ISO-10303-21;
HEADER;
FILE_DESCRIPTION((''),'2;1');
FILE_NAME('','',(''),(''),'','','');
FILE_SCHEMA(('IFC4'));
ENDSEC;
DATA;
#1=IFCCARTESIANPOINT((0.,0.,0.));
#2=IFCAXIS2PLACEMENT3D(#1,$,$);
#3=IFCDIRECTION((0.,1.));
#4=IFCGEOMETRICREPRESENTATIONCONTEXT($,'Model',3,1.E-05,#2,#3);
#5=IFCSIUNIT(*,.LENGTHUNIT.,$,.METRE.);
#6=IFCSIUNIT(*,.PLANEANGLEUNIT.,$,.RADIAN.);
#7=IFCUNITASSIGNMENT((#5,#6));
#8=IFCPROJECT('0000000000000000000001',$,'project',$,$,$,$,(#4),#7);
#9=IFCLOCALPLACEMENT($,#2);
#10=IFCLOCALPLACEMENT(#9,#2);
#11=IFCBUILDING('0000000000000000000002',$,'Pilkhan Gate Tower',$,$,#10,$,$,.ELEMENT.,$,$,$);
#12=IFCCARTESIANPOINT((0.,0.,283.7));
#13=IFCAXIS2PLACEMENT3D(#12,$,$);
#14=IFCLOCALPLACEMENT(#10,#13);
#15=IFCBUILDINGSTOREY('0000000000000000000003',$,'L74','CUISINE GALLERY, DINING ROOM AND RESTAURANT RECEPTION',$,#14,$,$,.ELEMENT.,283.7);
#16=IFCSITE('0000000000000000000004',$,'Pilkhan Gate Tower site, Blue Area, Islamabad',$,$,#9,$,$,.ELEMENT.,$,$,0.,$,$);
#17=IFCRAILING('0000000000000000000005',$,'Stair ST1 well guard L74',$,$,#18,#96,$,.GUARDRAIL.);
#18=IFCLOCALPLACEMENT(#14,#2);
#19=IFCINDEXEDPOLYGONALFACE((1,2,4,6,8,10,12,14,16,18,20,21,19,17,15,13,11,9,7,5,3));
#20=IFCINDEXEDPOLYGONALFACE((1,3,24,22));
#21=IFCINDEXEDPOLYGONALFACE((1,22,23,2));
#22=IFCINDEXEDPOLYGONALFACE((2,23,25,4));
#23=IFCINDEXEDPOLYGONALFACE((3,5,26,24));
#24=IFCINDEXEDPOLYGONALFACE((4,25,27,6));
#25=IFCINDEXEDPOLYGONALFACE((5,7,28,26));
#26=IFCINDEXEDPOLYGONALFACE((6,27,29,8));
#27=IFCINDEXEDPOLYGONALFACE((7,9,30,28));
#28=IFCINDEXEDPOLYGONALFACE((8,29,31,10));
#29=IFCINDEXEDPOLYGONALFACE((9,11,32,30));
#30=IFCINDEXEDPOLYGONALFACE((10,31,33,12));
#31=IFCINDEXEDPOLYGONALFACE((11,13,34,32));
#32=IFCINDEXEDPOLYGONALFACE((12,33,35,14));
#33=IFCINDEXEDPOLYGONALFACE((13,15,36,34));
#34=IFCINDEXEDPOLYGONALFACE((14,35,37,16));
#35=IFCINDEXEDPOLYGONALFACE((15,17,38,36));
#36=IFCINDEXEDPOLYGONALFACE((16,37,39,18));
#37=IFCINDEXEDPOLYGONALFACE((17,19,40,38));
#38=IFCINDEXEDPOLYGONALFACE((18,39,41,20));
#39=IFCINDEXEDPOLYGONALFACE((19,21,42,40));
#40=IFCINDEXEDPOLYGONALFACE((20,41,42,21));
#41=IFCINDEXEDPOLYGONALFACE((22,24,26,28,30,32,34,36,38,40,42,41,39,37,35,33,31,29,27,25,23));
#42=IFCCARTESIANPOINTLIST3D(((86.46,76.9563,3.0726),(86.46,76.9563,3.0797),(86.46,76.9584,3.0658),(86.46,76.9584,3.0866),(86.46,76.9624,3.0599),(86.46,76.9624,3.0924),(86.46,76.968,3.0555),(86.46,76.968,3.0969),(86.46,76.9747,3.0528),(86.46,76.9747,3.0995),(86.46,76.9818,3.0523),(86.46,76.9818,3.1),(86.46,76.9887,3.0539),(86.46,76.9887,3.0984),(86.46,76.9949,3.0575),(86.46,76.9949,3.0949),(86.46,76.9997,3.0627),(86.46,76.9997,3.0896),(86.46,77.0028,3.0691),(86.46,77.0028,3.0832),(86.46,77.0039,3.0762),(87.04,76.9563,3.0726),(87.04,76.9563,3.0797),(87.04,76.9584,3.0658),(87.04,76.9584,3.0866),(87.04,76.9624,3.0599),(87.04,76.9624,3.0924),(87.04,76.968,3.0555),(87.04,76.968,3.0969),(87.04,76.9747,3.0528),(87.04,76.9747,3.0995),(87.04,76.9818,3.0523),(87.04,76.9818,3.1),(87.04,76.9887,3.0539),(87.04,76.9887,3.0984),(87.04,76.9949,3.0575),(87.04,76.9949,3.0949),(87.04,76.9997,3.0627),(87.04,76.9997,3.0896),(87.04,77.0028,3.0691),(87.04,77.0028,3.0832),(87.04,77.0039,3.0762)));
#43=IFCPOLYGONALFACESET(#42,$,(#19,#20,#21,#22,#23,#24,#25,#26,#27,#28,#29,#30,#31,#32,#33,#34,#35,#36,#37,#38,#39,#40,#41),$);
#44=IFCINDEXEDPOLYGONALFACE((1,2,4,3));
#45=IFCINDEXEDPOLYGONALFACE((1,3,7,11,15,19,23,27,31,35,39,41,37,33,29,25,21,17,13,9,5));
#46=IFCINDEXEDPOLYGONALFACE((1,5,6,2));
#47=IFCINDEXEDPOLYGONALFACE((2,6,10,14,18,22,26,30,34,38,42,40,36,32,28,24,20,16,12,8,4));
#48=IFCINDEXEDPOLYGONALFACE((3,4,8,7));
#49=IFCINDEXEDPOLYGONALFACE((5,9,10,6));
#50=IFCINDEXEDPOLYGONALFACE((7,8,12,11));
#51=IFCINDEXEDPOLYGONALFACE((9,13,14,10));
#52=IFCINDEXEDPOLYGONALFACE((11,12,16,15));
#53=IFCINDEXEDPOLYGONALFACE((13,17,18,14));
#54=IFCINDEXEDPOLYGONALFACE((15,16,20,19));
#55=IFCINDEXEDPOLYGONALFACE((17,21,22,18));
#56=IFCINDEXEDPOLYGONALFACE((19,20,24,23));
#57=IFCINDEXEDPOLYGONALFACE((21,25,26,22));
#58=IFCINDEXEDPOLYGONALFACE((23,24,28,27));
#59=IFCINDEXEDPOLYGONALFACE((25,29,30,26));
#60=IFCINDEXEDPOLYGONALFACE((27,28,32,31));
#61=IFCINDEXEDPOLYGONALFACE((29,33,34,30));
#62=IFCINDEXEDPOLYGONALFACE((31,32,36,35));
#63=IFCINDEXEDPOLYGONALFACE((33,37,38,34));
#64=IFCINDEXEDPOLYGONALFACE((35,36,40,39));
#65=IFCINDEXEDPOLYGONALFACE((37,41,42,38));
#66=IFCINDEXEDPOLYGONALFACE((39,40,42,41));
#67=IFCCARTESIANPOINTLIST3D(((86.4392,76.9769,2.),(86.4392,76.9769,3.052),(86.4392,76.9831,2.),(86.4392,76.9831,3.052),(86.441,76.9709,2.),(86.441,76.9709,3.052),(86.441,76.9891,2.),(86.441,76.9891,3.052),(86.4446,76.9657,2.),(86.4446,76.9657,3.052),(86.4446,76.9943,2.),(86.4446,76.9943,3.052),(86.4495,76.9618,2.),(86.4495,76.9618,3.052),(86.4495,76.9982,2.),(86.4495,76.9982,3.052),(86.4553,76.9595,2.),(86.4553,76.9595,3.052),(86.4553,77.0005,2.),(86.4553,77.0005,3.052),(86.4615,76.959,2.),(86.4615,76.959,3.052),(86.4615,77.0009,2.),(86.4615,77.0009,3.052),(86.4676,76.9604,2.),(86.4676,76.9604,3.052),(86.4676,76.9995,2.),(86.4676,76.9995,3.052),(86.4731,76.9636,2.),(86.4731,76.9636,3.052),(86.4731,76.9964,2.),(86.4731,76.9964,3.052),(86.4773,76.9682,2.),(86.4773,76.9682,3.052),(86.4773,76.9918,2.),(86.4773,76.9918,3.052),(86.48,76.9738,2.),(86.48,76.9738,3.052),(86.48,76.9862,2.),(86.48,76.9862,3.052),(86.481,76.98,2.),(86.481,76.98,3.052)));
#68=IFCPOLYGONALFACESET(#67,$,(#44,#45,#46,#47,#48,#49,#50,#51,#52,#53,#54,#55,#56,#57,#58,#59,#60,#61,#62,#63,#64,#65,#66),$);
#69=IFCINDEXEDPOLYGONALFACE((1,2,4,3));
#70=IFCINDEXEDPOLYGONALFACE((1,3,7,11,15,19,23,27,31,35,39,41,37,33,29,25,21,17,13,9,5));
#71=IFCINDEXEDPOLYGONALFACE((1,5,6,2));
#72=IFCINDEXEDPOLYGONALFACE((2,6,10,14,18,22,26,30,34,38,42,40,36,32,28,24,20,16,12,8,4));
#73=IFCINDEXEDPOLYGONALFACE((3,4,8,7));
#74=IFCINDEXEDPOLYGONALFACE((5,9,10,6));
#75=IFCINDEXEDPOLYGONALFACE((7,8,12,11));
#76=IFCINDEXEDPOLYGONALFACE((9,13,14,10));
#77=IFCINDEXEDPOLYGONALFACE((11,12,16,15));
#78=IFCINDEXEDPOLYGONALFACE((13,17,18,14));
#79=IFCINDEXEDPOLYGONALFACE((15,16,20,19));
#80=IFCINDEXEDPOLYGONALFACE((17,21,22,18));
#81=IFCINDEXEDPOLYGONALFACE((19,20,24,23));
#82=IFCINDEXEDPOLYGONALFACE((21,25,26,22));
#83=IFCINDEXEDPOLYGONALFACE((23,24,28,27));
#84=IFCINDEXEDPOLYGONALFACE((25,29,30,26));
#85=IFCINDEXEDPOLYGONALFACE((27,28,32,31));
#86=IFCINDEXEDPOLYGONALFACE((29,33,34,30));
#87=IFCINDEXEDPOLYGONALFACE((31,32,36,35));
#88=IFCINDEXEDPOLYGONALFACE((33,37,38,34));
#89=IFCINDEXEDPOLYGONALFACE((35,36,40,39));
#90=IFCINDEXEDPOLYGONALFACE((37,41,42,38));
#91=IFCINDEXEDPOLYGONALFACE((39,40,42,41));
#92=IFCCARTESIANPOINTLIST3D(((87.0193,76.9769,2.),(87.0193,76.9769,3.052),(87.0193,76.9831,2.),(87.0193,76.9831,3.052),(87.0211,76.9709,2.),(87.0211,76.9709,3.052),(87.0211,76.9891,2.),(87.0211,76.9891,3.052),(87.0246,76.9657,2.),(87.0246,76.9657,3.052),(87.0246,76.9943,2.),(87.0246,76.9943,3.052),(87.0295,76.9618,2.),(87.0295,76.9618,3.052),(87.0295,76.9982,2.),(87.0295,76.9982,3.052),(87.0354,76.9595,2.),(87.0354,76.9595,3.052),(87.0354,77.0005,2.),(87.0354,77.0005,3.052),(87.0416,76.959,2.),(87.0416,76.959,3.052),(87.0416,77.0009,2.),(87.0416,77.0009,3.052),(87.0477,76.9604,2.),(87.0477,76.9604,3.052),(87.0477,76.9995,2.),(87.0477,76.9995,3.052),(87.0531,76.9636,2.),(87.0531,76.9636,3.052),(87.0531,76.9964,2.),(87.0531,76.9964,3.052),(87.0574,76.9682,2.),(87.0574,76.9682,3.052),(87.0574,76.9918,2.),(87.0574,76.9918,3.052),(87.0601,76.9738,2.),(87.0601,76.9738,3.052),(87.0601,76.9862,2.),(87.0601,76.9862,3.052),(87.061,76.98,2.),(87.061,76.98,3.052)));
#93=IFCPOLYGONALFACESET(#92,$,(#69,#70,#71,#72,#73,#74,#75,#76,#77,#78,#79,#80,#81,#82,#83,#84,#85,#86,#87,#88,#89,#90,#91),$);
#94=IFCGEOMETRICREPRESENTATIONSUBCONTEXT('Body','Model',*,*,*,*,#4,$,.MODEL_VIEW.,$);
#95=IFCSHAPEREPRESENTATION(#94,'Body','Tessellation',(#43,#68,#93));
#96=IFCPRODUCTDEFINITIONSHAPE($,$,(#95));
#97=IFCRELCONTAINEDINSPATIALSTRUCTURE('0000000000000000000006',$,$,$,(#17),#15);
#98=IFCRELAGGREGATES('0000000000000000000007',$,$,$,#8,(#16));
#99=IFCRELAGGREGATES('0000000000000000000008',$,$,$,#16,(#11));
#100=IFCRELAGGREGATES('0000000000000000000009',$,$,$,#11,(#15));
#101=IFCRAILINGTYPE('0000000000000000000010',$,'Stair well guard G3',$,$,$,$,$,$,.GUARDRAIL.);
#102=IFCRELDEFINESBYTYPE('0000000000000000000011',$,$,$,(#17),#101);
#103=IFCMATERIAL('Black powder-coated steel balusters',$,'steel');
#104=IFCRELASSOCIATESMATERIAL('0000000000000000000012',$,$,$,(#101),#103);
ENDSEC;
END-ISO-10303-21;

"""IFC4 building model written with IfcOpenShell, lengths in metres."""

from ifc_helpers import new_model, si_unit, direction, frame, origin, origin_2d, place, context, subcontext, project, spatial, circle, extrude, material, type_object, element, save


model = new_model("IFC4")

# Units and contexts
model_context = context("Model", 3, precision=1e-05, world=origin(), true_north=direction((0.0, 1.0)))
body_context = subcontext(model_context, "Body", "Model", "MODEL_VIEW")
ifc_project = project(units=[si_unit("LENGTHUNIT", "METRE"), si_unit("PLANEANGLEUNIT", "RADIAN")], contexts=[model_context])

# Site, building, storey
site_placement = place(None, origin())
site = spatial("IfcSite", under=ifc_project, at=site_placement, Name="Pilkhan Gate Tower site, Blue Area, Islamabad", CompositionType="ELEMENT", RefElevation=0.0)
building_placement = place(site_placement, origin())
building = spatial("IfcBuilding", under=site, at=building_placement, Name="Pilkhan Gate Tower", CompositionType="ELEMENT")
storey_placement = place(building_placement, frame((0.0, 0.0, 283.7)))
storey = spatial("IfcBuildingStorey", under=building, at=storey_placement, Name="L74", Description="CUISINE GALLERY, DINING ROOM AND RESTAURANT RECEPTION", CompositionType="ELEMENT", Elevation=283.7)

# Railing
ifc_material_1 = material(Name="Black powder-coated steel balusters", Category="steel")
railing_type_1 = type_object("IfcRailingType", Name="Stair well guard G3", PredefinedType="GUARDRAIL", material=ifc_material_1)
for number, where, name in (
    (1, (86.46, 76.98, 2.0), "Stair ST1 well guard L74"),
):
    element("IfcRailing", number, at=place(storey_placement, frame(where)), inside=storey, type_object=railing_type_1, Name=name, PredefinedType="GUARDRAIL", context=body_context, shape_type="SweptSolid", body=[
        extrude(circle(Radius=0.0239, at=origin_2d()), frame((0.0, 0.0, 1.0762), z_axis=(1.0, 0.0, 0.0), x_axis=(0.0, 1.0, 0.0)), (0.0, 0.0, 1.0), 0.5801),
        extrude(circle(Radius=0.021, at=origin_2d()), origin(), (0.0, 0.0, 1.0), 1.052),
        extrude(circle(Radius=0.021, at=origin_2d()), frame((0.5801, 0.0, 0.0)), (0.0, 0.0, 1.0), 1.052),
    ])

save(model, "model.ifc")
